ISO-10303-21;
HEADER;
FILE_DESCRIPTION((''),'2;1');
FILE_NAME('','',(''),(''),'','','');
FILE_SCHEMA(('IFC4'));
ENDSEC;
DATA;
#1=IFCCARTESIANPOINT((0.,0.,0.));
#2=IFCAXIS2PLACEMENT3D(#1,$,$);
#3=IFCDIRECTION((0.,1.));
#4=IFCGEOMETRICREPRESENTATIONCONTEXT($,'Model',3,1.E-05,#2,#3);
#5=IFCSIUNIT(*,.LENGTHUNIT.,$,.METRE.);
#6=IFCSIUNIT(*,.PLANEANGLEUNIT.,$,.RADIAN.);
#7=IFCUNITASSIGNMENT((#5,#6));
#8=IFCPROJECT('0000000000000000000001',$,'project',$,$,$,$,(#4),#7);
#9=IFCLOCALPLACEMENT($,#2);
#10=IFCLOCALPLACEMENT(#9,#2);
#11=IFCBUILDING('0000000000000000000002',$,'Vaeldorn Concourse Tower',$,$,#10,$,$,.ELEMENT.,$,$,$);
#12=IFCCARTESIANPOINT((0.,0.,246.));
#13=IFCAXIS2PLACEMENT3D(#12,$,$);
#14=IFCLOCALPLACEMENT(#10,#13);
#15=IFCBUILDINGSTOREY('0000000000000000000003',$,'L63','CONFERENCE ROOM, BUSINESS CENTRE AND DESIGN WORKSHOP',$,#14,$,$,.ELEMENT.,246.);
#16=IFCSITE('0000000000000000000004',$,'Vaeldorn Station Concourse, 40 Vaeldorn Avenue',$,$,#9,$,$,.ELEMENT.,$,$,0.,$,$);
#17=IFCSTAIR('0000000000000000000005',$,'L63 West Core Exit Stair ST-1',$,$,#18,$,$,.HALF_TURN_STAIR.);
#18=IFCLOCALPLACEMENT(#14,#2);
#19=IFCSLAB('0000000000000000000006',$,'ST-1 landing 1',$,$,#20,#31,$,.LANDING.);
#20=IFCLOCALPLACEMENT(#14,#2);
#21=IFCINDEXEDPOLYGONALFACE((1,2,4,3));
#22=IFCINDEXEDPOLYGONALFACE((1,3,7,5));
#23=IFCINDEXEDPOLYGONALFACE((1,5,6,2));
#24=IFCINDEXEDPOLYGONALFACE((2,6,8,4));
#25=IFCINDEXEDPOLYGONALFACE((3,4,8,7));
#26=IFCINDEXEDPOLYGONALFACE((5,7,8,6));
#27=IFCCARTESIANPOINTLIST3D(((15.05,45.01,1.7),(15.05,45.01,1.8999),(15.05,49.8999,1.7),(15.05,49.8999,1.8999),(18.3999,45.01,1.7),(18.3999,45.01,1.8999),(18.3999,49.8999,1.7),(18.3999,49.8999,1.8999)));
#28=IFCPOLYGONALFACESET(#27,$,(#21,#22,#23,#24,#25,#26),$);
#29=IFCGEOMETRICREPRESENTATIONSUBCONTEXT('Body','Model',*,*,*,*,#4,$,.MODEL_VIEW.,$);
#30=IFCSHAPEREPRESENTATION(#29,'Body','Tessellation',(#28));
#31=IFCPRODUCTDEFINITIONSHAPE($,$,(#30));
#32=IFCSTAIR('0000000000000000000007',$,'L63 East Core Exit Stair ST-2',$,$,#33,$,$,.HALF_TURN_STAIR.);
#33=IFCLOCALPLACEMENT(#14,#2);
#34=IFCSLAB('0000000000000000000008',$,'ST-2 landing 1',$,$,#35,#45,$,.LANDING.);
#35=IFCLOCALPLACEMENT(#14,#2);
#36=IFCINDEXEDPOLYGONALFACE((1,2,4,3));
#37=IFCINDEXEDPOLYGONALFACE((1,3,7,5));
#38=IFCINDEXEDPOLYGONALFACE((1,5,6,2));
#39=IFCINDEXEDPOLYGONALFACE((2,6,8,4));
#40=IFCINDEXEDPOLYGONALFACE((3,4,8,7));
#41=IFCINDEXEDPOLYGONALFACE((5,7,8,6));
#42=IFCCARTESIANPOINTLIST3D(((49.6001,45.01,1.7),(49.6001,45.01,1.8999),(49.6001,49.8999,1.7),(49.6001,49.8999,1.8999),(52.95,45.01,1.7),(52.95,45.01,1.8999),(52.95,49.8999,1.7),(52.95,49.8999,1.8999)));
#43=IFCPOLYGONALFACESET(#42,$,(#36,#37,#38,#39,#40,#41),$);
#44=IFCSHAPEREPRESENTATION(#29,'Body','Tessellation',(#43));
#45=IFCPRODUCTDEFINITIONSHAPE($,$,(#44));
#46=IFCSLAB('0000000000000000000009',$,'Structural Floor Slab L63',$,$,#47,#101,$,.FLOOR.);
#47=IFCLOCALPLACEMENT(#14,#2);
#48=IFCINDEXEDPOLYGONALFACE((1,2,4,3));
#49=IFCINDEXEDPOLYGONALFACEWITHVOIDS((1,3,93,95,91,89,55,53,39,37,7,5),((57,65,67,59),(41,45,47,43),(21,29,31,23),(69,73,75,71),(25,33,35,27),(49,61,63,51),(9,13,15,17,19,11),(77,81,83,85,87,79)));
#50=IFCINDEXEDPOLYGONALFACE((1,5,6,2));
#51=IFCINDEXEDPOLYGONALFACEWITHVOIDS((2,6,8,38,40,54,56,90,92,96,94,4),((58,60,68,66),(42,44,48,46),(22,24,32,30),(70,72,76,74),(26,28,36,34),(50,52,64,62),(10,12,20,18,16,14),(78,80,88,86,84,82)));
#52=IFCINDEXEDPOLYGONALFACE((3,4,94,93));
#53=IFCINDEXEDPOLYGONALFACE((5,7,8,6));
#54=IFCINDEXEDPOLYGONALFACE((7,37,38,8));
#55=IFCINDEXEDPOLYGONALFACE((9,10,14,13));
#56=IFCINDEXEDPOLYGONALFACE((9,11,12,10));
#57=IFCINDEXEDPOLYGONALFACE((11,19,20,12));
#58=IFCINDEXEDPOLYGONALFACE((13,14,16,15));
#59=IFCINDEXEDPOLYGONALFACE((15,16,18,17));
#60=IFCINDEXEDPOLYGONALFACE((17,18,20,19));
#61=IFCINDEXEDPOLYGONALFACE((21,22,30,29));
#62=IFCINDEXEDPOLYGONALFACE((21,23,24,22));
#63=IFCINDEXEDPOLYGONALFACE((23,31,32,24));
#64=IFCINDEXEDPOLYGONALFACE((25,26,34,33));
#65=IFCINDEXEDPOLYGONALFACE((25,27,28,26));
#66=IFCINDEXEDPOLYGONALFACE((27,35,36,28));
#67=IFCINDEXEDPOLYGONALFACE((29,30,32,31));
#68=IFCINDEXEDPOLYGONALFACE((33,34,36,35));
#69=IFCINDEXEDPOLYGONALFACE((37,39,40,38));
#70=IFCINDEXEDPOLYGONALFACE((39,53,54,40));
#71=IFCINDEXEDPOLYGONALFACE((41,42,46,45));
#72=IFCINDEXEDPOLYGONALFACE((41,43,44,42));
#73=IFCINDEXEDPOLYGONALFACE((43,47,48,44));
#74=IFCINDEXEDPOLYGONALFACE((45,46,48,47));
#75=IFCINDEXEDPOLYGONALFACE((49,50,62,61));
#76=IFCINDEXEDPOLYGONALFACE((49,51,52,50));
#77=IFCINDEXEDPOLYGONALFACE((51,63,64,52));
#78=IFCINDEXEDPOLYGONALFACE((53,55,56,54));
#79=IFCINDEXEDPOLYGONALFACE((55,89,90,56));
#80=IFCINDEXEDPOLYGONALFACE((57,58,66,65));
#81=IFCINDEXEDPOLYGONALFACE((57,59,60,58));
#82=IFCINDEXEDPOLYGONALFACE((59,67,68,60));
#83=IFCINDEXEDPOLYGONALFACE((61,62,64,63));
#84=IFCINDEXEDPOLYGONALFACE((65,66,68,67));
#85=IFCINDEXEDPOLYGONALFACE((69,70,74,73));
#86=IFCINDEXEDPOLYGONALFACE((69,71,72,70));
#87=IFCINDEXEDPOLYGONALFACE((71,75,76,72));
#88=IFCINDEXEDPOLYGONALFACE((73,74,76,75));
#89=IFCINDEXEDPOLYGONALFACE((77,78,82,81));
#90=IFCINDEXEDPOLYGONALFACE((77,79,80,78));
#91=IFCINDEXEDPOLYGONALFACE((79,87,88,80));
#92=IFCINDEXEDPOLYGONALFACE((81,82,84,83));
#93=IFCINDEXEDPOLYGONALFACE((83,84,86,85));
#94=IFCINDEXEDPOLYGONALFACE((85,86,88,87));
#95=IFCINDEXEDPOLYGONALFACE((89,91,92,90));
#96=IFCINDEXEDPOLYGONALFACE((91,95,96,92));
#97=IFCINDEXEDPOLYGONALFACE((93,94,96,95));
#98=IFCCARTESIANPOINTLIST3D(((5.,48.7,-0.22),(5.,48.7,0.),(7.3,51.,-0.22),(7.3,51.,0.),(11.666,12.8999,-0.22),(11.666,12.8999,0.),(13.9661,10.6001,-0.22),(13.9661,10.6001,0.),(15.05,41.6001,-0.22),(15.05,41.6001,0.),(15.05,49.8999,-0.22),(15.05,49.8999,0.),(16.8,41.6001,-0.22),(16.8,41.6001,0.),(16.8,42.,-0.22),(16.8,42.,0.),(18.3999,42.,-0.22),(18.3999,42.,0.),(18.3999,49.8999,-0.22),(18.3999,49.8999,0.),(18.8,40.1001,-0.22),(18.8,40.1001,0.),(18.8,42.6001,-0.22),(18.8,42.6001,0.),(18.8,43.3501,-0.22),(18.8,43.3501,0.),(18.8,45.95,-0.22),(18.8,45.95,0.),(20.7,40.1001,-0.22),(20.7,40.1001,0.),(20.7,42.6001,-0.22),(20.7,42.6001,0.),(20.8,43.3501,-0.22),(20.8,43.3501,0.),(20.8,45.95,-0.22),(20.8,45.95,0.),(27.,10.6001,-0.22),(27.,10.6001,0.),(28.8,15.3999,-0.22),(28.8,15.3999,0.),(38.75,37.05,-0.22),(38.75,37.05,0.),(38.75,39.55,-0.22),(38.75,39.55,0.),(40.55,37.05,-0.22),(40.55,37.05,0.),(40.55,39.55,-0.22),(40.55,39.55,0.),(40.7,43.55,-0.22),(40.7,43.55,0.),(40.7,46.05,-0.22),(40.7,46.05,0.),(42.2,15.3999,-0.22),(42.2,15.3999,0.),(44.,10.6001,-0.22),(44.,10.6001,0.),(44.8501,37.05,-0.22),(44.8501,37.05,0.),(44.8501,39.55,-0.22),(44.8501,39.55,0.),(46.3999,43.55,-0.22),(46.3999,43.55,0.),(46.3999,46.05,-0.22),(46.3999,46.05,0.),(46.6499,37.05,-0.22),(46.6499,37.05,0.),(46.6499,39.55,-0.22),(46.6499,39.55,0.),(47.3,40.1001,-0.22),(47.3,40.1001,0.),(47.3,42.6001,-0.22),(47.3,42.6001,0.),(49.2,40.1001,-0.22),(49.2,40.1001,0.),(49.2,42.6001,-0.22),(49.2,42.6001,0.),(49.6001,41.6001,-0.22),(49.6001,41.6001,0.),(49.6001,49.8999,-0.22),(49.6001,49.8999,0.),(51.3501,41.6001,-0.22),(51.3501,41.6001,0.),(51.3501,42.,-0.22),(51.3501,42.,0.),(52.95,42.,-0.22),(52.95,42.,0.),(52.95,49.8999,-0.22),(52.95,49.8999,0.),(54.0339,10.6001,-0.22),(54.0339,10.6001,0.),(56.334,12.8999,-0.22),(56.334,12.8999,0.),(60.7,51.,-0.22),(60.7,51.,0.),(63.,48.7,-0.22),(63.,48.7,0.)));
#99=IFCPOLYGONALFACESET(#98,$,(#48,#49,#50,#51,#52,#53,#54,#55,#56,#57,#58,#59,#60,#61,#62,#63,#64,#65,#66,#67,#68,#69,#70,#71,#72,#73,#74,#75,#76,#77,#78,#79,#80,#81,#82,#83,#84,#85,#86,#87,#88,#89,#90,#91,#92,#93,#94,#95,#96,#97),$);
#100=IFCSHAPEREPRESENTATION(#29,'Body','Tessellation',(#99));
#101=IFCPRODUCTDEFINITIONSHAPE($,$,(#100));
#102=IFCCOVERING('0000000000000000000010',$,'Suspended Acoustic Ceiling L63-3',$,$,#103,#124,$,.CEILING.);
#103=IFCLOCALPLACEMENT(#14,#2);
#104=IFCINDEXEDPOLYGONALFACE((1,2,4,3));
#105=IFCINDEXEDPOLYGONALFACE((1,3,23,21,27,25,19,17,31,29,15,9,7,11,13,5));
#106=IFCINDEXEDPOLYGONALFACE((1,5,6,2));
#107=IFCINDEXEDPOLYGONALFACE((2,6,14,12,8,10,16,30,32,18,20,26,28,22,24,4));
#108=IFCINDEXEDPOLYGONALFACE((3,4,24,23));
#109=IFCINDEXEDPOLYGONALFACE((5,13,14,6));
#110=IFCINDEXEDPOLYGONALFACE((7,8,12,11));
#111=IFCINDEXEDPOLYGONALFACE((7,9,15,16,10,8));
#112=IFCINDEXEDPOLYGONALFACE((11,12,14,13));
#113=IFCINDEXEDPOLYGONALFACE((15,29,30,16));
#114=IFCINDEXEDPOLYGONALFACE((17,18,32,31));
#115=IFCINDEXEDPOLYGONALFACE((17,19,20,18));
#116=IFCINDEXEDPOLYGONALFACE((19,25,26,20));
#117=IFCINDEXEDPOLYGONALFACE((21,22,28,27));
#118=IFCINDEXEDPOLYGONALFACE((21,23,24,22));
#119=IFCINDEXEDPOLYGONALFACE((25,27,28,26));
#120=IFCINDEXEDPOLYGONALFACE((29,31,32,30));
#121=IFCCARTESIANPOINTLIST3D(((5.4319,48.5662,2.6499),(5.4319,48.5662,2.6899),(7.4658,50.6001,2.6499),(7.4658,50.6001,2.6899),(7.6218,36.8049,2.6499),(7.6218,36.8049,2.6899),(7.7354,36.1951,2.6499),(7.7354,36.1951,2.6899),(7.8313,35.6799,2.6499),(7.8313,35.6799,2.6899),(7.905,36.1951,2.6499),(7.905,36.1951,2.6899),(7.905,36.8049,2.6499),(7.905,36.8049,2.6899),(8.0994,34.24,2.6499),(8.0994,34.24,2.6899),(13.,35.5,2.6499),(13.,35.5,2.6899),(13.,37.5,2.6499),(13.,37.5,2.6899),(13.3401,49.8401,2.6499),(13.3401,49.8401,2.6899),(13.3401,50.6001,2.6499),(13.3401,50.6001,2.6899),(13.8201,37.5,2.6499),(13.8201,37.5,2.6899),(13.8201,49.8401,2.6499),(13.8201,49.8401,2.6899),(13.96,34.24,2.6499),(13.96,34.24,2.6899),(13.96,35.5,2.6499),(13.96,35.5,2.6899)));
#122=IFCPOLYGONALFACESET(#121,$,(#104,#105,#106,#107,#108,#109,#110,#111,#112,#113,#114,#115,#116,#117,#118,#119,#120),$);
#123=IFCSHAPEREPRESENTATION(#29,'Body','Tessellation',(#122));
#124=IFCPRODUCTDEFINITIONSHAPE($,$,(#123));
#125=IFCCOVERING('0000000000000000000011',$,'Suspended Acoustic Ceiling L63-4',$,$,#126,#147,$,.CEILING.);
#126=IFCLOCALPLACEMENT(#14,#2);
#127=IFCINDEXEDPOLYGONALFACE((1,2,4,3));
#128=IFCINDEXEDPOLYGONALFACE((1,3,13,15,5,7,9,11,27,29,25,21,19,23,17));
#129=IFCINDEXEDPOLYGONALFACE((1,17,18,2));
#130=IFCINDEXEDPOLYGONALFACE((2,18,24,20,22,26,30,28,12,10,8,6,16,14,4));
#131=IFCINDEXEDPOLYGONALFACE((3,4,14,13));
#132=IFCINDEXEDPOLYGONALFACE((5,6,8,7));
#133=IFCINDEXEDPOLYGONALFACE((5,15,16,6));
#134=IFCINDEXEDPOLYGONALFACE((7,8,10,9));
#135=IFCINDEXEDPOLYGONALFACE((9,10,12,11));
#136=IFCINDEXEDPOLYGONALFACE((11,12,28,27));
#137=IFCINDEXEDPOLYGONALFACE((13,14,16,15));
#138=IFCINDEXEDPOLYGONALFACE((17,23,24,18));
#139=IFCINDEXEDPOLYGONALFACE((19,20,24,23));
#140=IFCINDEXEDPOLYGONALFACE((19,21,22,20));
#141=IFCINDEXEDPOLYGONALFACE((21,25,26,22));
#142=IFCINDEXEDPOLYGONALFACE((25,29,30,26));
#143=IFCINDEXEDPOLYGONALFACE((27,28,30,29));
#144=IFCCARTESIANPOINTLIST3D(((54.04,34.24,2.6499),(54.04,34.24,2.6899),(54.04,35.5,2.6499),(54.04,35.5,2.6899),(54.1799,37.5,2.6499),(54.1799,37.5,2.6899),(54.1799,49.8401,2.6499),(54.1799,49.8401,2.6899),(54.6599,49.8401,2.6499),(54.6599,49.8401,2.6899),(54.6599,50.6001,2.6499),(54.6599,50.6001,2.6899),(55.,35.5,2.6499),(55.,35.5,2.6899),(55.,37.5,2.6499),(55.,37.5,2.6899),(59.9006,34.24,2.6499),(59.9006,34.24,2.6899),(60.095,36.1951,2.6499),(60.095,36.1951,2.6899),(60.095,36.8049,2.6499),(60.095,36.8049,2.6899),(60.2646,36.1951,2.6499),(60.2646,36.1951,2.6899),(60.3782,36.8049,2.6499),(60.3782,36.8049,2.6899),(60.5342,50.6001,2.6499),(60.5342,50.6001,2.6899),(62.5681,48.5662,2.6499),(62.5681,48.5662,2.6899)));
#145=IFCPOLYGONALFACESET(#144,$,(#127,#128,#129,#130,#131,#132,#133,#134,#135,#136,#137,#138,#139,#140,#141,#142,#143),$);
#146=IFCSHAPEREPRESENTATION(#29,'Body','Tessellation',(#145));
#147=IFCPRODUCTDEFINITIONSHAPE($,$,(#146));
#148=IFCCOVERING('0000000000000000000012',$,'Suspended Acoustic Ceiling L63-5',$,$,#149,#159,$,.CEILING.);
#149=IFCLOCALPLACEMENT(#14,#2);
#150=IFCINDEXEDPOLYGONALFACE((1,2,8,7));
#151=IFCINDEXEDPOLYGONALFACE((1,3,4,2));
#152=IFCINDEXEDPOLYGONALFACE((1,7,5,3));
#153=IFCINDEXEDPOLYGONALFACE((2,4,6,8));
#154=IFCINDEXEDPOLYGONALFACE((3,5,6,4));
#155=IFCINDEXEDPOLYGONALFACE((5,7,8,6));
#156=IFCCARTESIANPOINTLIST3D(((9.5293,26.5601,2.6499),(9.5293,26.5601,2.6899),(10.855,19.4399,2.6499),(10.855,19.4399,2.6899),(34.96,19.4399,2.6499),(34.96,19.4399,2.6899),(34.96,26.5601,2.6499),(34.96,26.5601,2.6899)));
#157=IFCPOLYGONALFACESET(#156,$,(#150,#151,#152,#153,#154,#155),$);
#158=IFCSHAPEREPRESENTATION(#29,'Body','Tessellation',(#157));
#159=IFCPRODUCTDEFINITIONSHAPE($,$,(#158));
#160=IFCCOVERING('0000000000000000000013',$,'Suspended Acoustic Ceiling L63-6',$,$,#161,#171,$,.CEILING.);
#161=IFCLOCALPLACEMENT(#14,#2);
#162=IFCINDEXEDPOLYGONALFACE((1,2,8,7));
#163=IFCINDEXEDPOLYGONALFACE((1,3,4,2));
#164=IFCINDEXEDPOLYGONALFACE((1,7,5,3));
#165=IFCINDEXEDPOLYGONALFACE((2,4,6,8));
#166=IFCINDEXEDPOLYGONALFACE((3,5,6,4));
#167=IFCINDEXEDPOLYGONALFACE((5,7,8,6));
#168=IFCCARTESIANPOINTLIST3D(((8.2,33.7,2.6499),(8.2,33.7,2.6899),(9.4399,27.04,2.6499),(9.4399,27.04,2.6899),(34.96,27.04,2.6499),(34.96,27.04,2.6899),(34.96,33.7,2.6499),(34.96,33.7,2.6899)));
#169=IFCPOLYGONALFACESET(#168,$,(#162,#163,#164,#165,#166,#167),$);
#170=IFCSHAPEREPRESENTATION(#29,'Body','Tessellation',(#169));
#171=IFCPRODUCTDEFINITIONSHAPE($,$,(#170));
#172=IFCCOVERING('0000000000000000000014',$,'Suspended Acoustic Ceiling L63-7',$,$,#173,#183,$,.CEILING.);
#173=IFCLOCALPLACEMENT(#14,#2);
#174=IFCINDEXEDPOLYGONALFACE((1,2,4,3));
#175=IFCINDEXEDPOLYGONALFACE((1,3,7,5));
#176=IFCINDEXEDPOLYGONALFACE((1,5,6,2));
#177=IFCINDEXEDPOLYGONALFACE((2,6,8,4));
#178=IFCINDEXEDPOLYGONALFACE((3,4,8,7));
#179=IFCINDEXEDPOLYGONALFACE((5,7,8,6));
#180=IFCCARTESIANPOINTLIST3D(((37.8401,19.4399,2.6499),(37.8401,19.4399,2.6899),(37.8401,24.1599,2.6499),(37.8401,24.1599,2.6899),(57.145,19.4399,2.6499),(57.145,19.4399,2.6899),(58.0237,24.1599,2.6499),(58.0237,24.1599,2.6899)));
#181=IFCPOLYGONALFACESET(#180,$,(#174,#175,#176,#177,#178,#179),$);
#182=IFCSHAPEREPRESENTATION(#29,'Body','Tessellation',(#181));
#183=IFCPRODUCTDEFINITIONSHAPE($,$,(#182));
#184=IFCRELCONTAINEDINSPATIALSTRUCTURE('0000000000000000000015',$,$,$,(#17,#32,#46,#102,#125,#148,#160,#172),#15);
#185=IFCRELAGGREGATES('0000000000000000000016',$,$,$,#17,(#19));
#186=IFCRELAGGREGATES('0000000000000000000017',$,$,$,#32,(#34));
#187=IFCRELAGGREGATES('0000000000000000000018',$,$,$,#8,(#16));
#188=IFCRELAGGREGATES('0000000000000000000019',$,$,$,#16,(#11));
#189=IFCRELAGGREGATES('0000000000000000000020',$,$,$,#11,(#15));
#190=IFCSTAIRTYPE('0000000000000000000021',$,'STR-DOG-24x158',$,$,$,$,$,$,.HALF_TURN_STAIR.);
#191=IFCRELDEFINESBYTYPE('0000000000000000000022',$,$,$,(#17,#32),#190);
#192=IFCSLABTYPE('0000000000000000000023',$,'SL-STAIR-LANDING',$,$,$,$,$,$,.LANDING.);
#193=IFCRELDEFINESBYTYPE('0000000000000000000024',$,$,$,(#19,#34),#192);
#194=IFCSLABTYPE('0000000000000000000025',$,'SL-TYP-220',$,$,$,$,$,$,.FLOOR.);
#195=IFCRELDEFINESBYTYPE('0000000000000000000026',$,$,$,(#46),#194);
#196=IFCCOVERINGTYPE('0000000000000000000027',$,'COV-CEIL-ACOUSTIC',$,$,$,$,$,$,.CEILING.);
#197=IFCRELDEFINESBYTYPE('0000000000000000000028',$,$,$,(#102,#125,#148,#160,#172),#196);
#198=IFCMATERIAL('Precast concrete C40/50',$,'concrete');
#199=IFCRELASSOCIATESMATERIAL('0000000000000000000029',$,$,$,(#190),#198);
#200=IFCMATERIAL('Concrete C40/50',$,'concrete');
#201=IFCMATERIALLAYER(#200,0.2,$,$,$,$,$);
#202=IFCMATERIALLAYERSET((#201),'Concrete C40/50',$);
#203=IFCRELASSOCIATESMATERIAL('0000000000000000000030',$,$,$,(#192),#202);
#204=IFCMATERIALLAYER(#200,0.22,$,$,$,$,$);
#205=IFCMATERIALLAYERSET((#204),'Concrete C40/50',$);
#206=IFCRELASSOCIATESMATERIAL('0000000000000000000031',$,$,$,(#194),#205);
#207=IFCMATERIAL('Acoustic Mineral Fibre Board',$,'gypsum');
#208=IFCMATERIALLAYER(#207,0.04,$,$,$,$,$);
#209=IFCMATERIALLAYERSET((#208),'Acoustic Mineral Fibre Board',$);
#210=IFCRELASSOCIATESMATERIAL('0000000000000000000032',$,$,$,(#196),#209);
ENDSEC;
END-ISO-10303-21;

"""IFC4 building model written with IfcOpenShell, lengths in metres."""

from ifc_helpers import new_model, si_unit, direction, frame, origin, place, context, subcontext, project, spatial, polyline, outline, extrude, material, layer, layer_set, type_object, element, aggregate, save


model = new_model("IFC4")

# Units and contexts
model_context = context("Model", 3, precision=1e-05, world=origin(), true_north=direction((0.0, 1.0)))
body_context = subcontext(model_context, "Body", "Model", "MODEL_VIEW")
ifc_project = project(units=[si_unit("LENGTHUNIT", "METRE"), si_unit("PLANEANGLEUNIT", "RADIAN")], contexts=[model_context])

# Site, building, storey
site_placement = place(None, origin())
site = spatial("IfcSite", under=ifc_project, at=site_placement, Name="Vaeldorn Station Concourse, 40 Vaeldorn Avenue", CompositionType="ELEMENT", RefElevation=0.0)
building_placement = place(site_placement, origin())
building = spatial("IfcBuilding", under=site, at=building_placement, Name="Vaeldorn Concourse Tower", CompositionType="ELEMENT")
storey_placement = place(building_placement, frame((0.0, 0.0, 246.0)))
storey = spatial("IfcBuildingStorey", under=building, at=storey_placement, Name="L63", Description="CONFERENCE ROOM, BUSINESS CENTRE AND DESIGN WORKSHOP", CompositionType="ELEMENT", Elevation=246.0)

# Stairs, slabs
ifc_material_1 = material(Name="Precast concrete C40/50", Category="concrete")
stair_type = type_object("IfcStairType", Name="STR-DOG-24x158", PredefinedType="HALF_TURN_STAIR", material=ifc_material_1)
stair_1_placement = place(storey_placement, origin())
stair_1 = element("IfcStair", 1, at=stair_1_placement, inside=storey, type_object=stair_type, Name="L63 West Core Exit Stair ST-1", PredefinedType="HALF_TURN_STAIR")
ifc_material_2 = material(Name="Concrete C40/50", Category="concrete")
ifc_layer_1 = layer(ifc_material_2, 0.2)
ifc_layer_set_1 = layer_set([ifc_layer_1], Name="Concrete C40/50")
slab_type_1 = type_object("IfcSlabType", Name="SL-STAIR-LANDING", PredefinedType="LANDING", material=ifc_layer_set_1)
slab_1_placement = place(storey_placement, frame((0.0, 0.0, 1.7)))
slab_1 = element("IfcSlab", 2, at=slab_1_placement, type_object=slab_type_1, Name="ST-1 landing 1", PredefinedType="LANDING", context=body_context, shape_type="SweptSolid", body=[
    extrude(outline(polyline([(18.3999, 45.01), (18.3999, 49.8999), (15.05, 49.8999), (15.05, 45.01), (18.3999, 45.01)])), origin(), (0.0, 0.0, 1.0), 0.2),
])
aggregate(stair_1, [slab_1])
stair_2_placement = place(storey_placement, origin())
stair_2 = element("IfcStair", 3, at=stair_2_placement, inside=storey, type_object=stair_type, Name="L63 East Core Exit Stair ST-2", PredefinedType="HALF_TURN_STAIR")
slab_2_placement = place(storey_placement, frame((0.0, 0.0, 1.7)))
slab_2 = element("IfcSlab", 4, at=slab_2_placement, type_object=slab_type_1, Name="ST-2 landing 1", PredefinedType="LANDING", context=body_context, shape_type="SweptSolid", body=[
    extrude(outline(polyline([(52.95, 45.01), (52.95, 49.8999), (49.6001, 49.8999), (49.6001, 45.01), (52.95, 45.01)])), origin(), (0.0, 0.0, 1.0), 0.2),
])
aggregate(stair_2, [slab_2])

# Slab
ifc_layer_2 = layer(ifc_material_2, 0.22)
ifc_layer_set_2 = layer_set([ifc_layer_2], Name="Concrete C40/50")
slab_type_2 = type_object("IfcSlabType", Name="SL-TYP-220", PredefinedType="FLOOR", material=ifc_layer_set_2)
slab_3_placement = place(storey_placement, frame((0.0, 0.0, -0.22)))
element("IfcSlab", 5, at=slab_3_placement, inside=storey, type_object=slab_type_2, Name="Structural Floor Slab L63", PredefinedType="FLOOR", context=body_context, shape_type="SweptSolid", body=[
    extrude(outline(polyline([(13.9661, 10.6001), (27.0, 10.6001), (28.8, 15.3999), (42.2, 15.3999), (44.0, 10.6001), (54.0339, 10.6001), (56.334, 12.8999), (63.0, 48.7), (60.7, 51.0), (7.3, 51.0), (5.0, 48.7), (11.666, 12.8999), (13.9661, 10.6001)]), holes=[polyline([(18.3999, 42.0), (18.3999, 49.8999), (15.05, 49.8999), (15.05, 41.6001), (16.8, 41.6001), (16.8, 42.0), (18.3999, 42.0)]), polyline([(52.95, 42.0), (52.95, 49.8999), (49.6001, 49.8999), (49.6001, 41.6001), (51.3501, 41.6001), (51.3501, 42.0), (52.95, 42.0)]), polyline([(38.75, 37.05), (40.55, 37.05), (40.55, 39.55), (38.75, 39.55), (38.75, 37.05)]), polyline([(44.8501, 37.05), (46.6499, 37.05), (46.6499, 39.55), (44.8501, 39.55), (44.8501, 37.05)]), polyline([(40.7, 43.55), (46.3999, 43.55), (46.3999, 46.05), (40.7, 46.05), (40.7, 43.55)]), polyline([(18.8, 43.3501), (20.8, 43.3501), (20.8, 45.95), (18.8, 45.95), (18.8, 43.3501)]), polyline([(18.8, 40.1001), (20.7, 40.1001), (20.7, 42.6001), (18.8, 42.6001), (18.8, 40.1001)]), polyline([(47.3, 40.1001), (49.2, 40.1001), (49.2, 42.6001), (47.3, 42.6001), (47.3, 40.1001)])]), origin(), (0.0, 0.0, 1.0), 0.22),
])

# Coverings
ifc_material_3 = material(Name="Acoustic Mineral Fibre Board", Category="gypsum")
ifc_layer_3 = layer(ifc_material_3, 0.04)
ifc_layer_set_3 = layer_set([ifc_layer_3], Name="Acoustic Mineral Fibre Board")
covering_type_1 = type_object("IfcCoveringType", Name="COV-CEIL-ACOUSTIC", PredefinedType="CEILING", material=ifc_layer_set_3)
covering_1_placement = place(storey_placement, frame((0.0, 0.0, 2.6499)))
element("IfcCovering", 6, at=covering_1_placement, inside=storey, type_object=covering_type_1, Name="Suspended Acoustic Ceiling L63-3", PredefinedType="CEILING", context=body_context, shape_type="SweptSolid", body=[
    extrude(outline(polyline([(7.4658, 50.6001), (13.3401, 50.6001), (13.3401, 49.8401), (13.8201, 49.8401), (13.8201, 37.5), (13.0, 37.5), (13.0, 35.5), (13.96, 35.5), (13.96, 34.24), (8.0994, 34.24), (7.8313, 35.6799), (7.8313, 35.6799), (7.7354, 36.1951), (7.905, 36.1951), (7.905, 36.8049), (7.6218, 36.8049), (5.4319, 48.5662), (7.4658, 50.6001)])), origin(), (0.0, 0.0, 1.0), 0.04),
])
covering_2_placement = place(storey_placement, frame((0.0, 0.0, 2.6499)))
element("IfcCovering", 7, at=covering_2_placement, inside=storey, type_object=covering_type_1, Name="Suspended Acoustic Ceiling L63-4", PredefinedType="CEILING", context=body_context, shape_type="SweptSolid", body=[
    extrude(outline(polyline([(54.1799, 49.8401), (54.6599, 49.8401), (54.6599, 50.6001), (60.5342, 50.6001), (62.5681, 48.5662), (60.3782, 36.8049), (60.095, 36.8049), (60.095, 36.1951), (60.2646, 36.1951), (59.9006, 34.24), (54.04, 34.24), (54.04, 35.5), (55.0, 35.5), (55.0, 37.5), (54.1799, 37.5), (54.1799, 49.8401)])), origin(), (0.0, 0.0, 1.0), 0.04),
])
covering_3_placement = place(storey_placement, frame((0.0, 0.0, 2.6499)))
element("IfcCovering", 8, at=covering_3_placement, inside=storey, type_object=covering_type_1, Name="Suspended Acoustic Ceiling L63-5", PredefinedType="CEILING", context=body_context, shape_type="SweptSolid", body=[
    extrude(outline(polyline([(34.96, 26.5601), (34.96, 19.4399), (10.855, 19.4399), (9.5293, 26.5601), (34.96, 26.5601)])), origin(), (0.0, 0.0, 1.0), 0.04),
])
covering_4_placement = place(storey_placement, frame((0.0, 0.0, 2.6499)))
element("IfcCovering", 9, at=covering_4_placement, inside=storey, type_object=covering_type_1, Name="Suspended Acoustic Ceiling L63-6", PredefinedType="CEILING", context=body_context, shape_type="SweptSolid", body=[
    extrude(outline(polyline([(34.96, 33.7), (34.96, 27.04), (9.4399, 27.04), (8.2, 33.7), (34.96, 33.7)])), origin(), (0.0, 0.0, 1.0), 0.04),
])
covering_5_placement = place(storey_placement, frame((0.0, 0.0, 2.6499)))
element("IfcCovering", 10, at=covering_5_placement, inside=storey, type_object=covering_type_1, Name="Suspended Acoustic Ceiling L63-7", PredefinedType="CEILING", context=body_context, shape_type="SweptSolid", body=[
    extrude(outline(polyline([(37.8401, 19.4399), (37.8401, 24.1599), (58.0237, 24.1599), (57.145, 19.4399), (37.8401, 19.4399)])), origin(), (0.0, 0.0, 1.0), 0.04),
])

save(model, "model.ifc")
